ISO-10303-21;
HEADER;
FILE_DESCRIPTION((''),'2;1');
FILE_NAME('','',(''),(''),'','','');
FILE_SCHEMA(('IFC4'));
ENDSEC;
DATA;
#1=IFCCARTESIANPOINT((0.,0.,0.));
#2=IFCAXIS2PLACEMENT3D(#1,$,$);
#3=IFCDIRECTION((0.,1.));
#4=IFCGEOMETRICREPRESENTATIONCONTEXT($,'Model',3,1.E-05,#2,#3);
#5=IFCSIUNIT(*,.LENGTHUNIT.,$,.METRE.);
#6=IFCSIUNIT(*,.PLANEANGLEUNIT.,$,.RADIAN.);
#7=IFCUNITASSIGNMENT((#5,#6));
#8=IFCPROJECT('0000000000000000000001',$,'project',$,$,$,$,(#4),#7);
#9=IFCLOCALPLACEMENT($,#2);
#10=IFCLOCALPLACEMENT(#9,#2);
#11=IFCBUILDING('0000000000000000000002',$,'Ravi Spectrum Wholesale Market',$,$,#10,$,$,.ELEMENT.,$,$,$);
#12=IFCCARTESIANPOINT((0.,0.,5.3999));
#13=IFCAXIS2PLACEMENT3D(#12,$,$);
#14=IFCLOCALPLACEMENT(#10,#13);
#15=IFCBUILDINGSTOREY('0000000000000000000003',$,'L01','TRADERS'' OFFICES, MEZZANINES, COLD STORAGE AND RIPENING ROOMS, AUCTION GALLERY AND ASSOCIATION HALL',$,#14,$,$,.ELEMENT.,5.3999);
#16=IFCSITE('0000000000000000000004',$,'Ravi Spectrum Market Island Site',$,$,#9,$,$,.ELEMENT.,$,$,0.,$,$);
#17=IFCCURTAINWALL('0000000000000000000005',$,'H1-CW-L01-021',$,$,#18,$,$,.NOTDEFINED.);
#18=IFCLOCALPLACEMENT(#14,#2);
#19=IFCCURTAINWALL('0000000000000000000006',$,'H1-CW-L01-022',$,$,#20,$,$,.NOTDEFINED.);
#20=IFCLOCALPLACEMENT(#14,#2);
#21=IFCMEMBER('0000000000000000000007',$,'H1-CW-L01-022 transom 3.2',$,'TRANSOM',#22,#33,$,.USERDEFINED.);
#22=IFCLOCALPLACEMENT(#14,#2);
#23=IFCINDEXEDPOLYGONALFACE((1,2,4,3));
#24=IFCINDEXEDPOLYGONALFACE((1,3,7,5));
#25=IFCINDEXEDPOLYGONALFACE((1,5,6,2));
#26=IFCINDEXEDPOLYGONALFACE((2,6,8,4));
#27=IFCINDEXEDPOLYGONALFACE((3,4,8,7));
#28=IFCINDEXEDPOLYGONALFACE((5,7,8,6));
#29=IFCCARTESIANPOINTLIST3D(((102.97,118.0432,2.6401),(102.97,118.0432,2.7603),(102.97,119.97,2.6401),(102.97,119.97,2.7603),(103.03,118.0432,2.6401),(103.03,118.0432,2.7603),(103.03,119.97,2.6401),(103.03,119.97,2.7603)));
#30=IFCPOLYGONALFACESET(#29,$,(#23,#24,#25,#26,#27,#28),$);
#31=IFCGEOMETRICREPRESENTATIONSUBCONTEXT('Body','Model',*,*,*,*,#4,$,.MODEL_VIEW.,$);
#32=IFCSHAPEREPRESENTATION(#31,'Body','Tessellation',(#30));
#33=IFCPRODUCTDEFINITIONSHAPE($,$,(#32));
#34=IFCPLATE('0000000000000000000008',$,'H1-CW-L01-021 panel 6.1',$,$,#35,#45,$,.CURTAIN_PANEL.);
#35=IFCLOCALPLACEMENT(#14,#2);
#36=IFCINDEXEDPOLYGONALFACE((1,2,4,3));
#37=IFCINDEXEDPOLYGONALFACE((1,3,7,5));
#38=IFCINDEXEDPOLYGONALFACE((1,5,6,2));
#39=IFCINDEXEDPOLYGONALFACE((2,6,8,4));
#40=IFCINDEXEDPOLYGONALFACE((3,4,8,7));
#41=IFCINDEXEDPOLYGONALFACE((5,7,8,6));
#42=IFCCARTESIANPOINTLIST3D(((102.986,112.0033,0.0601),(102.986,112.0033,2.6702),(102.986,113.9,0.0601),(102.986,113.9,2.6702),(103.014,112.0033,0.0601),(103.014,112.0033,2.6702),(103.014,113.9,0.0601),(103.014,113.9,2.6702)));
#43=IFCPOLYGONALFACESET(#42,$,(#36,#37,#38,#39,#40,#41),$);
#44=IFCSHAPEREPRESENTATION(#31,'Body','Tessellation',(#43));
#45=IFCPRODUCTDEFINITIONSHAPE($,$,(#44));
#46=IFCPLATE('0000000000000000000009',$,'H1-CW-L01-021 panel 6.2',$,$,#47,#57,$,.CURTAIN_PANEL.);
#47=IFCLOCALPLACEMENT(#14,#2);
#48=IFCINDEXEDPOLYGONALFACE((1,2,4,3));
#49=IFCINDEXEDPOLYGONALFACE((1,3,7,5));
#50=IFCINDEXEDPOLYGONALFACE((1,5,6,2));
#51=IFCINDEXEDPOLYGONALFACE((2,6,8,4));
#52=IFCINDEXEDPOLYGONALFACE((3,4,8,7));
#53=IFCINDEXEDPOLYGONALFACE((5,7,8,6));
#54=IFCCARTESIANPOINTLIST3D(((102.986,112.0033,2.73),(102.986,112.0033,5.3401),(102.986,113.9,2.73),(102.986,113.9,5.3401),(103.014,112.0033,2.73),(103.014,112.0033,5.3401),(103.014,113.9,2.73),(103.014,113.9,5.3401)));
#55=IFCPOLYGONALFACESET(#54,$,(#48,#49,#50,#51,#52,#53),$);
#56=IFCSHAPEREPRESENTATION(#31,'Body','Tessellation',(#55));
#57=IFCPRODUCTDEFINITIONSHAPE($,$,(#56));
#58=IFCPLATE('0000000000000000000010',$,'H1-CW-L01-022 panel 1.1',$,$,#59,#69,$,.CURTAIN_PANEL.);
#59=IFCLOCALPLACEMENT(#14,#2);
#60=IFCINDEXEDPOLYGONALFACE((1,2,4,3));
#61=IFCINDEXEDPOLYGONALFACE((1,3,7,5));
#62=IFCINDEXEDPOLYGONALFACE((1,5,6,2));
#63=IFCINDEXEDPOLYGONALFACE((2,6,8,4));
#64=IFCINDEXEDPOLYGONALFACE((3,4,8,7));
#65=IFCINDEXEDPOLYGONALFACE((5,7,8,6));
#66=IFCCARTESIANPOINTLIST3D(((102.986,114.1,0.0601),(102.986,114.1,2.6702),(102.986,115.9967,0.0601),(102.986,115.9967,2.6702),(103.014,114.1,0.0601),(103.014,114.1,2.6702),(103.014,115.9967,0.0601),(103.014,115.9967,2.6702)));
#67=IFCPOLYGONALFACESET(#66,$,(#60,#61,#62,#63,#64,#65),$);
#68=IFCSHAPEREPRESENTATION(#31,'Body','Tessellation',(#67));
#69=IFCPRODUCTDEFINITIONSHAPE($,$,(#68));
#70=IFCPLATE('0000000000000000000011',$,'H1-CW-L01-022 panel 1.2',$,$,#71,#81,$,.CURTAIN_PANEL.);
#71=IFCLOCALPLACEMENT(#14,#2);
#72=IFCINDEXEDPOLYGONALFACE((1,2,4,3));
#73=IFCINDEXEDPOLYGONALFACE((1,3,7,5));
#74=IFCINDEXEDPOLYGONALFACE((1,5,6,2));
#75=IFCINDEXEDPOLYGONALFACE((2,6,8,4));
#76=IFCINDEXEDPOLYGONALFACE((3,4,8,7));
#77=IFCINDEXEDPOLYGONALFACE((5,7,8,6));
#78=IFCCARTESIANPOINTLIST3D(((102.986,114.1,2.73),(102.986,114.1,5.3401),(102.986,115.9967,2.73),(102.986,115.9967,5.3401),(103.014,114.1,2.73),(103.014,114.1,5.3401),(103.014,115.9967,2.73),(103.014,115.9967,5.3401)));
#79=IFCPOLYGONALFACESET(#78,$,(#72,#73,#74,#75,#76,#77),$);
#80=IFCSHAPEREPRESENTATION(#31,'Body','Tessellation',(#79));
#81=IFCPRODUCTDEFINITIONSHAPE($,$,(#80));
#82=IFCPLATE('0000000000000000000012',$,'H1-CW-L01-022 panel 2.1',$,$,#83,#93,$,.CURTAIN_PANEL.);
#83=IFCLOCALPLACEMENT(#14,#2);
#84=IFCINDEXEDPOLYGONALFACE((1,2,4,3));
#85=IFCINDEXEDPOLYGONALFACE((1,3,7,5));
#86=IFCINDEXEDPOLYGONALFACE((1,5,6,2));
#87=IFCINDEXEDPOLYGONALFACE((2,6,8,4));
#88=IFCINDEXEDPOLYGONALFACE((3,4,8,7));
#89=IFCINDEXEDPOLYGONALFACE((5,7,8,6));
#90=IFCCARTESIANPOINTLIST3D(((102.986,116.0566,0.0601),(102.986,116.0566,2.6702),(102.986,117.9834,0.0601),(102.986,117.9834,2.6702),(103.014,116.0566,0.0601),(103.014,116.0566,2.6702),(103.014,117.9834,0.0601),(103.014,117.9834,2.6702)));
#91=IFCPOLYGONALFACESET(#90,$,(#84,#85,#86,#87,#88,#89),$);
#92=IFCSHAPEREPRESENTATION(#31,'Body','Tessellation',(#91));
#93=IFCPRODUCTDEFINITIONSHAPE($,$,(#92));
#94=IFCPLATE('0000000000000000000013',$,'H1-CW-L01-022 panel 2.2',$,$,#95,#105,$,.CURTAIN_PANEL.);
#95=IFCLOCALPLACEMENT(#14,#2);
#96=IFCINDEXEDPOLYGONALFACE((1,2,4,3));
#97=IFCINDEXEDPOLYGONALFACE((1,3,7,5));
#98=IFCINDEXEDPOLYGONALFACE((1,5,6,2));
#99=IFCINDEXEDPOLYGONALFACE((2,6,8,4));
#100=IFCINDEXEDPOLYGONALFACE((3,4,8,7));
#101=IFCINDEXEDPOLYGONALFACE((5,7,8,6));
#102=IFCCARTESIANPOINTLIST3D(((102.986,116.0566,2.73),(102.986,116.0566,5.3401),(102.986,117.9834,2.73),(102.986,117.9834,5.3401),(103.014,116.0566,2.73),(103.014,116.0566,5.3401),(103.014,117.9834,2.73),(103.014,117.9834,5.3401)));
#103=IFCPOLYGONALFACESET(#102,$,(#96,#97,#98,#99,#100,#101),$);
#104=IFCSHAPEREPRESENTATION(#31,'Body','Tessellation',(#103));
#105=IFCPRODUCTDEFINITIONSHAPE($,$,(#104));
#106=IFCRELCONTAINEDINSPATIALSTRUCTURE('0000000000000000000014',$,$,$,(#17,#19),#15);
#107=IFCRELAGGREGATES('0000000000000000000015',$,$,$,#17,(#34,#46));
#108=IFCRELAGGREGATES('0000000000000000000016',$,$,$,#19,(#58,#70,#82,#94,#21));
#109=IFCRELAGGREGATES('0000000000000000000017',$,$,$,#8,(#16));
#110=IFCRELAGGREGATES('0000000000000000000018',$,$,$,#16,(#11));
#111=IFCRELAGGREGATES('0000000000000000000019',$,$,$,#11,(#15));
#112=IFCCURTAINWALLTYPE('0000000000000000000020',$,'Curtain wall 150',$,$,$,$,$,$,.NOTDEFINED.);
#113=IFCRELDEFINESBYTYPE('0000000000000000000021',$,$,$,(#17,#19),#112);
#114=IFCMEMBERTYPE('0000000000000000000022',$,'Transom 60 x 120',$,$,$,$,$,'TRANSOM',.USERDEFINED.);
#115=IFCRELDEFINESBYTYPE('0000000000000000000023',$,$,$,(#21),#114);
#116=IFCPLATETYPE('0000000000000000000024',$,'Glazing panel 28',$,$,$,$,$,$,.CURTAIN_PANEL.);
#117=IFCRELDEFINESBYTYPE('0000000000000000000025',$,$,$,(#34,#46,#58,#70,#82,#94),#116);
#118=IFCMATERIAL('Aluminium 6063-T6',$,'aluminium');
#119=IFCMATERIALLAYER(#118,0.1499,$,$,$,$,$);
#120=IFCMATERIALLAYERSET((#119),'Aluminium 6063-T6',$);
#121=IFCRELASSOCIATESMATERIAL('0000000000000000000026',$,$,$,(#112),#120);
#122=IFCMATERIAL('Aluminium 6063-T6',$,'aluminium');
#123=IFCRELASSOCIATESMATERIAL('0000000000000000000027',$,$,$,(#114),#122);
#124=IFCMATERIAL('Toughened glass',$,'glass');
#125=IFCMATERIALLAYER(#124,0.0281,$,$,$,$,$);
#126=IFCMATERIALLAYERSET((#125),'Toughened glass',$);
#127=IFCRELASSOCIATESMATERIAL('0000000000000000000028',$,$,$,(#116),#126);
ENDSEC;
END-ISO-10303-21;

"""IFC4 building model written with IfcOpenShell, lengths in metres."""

from ifc_helpers import new_model, si_unit, direction, frame, origin, origin_2d, place, context, subcontext, project, spatial, rectangle, extrude, material, layer, layer_set, material_profile, profile_set, type_object, element, aggregate, save


model = new_model("IFC4")

# Units and contexts
model_context = context("Model", 3, precision=1e-05, world=origin(), true_north=direction((0.0, 1.0)))
body_context = subcontext(model_context, "Body", "Model", "MODEL_VIEW")
ifc_project = project(units=[si_unit("LENGTHUNIT", "METRE"), si_unit("PLANEANGLEUNIT", "RADIAN")], contexts=[model_context])

# Site, building, storey
site_placement = place(None, origin())
site = spatial("IfcSite", under=ifc_project, at=site_placement, Name="Ravi Spectrum Market Island Site", CompositionType="ELEMENT", RefElevation=0.0)
building_placement = place(site_placement, origin())
building = spatial("IfcBuilding", under=site, at=building_placement, Name="Ravi Spectrum Wholesale Market", CompositionType="ELEMENT")
storey_placement = place(building_placement, frame((0.0, 0.0, 5.3999)))
storey = spatial("IfcBuildingStorey", under=building, at=storey_placement, Name="L01", Description="TRADERS' OFFICES, MEZZANINES, COLD STORAGE AND RIPENING ROOMS, AUCTION GALLERY AND ASSOCIATION HALL", CompositionType="ELEMENT", Elevation=5.3999)

# Curtain walls
ifc_material_1 = material(Name="Aluminium 6063-T6", Category="aluminium")
ifc_layer_1 = layer(ifc_material_1, 0.1499)
ifc_layer_set_1 = layer_set([ifc_layer_1], Name="Aluminium 6063-T6")
curtain_wall_type = type_object("IfcCurtainWallType", Name="Curtain wall 150", PredefinedType="NOTDEFINED", material=ifc_layer_set_1)
curtain_wall_1_placement = place(storey_placement, origin())
curtain_wall_1 = element("IfcCurtainWall", 1, at=curtain_wall_1_placement, inside=storey, type_object=curtain_wall_type, Name="H1-CW-L01-021", PredefinedType="NOTDEFINED")
curtain_wall_2_placement = place(storey_placement, origin())
curtain_wall_2 = element("IfcCurtainWall", 2, at=curtain_wall_2_placement, inside=storey, type_object=curtain_wall_type, Name="H1-CW-L01-022", PredefinedType="NOTDEFINED")

# Member
ifc_material_2 = material(Name="Aluminium 6063-T6", Category="aluminium")
ifc_material_profile_1 = material_profile(ifc_material_2, rectangle(XDim=0.0601, YDim=0.1201, at=origin_2d()))
ifc_profile_set_1 = profile_set([ifc_material_profile_1], Name="Aluminium 6063-T6")
member_type_1 = type_object("IfcMemberType", Name="Transom 60 x 120", ElementType="TRANSOM", PredefinedType="USERDEFINED", material=ifc_profile_set_1)
member_1_placement = place(storey_placement, frame((103.0, 118.0432, 2.7002), z_axis=(0.0, 1.0, 0.0), x_axis=(-1.0, 0.0, 0.0)))
member_1 = element("IfcMember", 3, at=member_1_placement, type_object=member_type_1, Name="H1-CW-L01-022 transom 3.2", ObjectType="TRANSOM", PredefinedType="USERDEFINED", context=body_context, shape_type="SweptSolid", body=[
    extrude(rectangle(XDim=0.0601, YDim=0.1201, at=origin_2d()), origin(), (0.0, 0.0, 1.0), 1.9268),
])

# Plates
ifc_material_3 = material(Name="Toughened glass", Category="glass")
ifc_layer_2 = layer(ifc_material_3, 0.0281)
ifc_layer_set_2 = layer_set([ifc_layer_2], Name="Toughened glass")
plate_type = type_object("IfcPlateType", Name="Glazing panel 28", PredefinedType="CURTAIN_PANEL", material=ifc_layer_set_2)
plate_1_placement = place(storey_placement, frame((103.0, 112.9517, 0.0601), z_axis=(0.0, 0.0, 1.0), x_axis=(0.0, 1.0, 0.0)))
plate_1 = element("IfcPlate", 4, at=plate_1_placement, type_object=plate_type, Name="H1-CW-L01-021 panel 6.1", PredefinedType="CURTAIN_PANEL", context=body_context, shape_type="SweptSolid", body=[
    extrude(rectangle(XDim=1.8967, YDim=0.0281, at=origin_2d()), origin(), (0.0, 0.0, 1.0), 2.6101),
])
plate_2_placement = place(storey_placement, frame((103.0, 112.9517, 2.73), z_axis=(0.0, 0.0, 1.0), x_axis=(0.0, 1.0, 0.0)))
plate_2 = element("IfcPlate", 5, at=plate_2_placement, type_object=plate_type, Name="H1-CW-L01-021 panel 6.2", PredefinedType="CURTAIN_PANEL", context=body_context, shape_type="SweptSolid", body=[
    extrude(rectangle(XDim=1.8967, YDim=0.0281, at=origin_2d()), origin(), (0.0, 0.0, 1.0), 2.6101),
])
aggregate(curtain_wall_1, [plate_1, plate_2])
plate_3_placement = place(storey_placement, frame((103.0, 115.0483, 0.0601), z_axis=(0.0, 0.0, 1.0), x_axis=(0.0, 1.0, 0.0)))
plate_3 = element("IfcPlate", 6, at=plate_3_placement, type_object=plate_type, Name="H1-CW-L01-022 panel 1.1", PredefinedType="CURTAIN_PANEL", context=body_context, shape_type="SweptSolid", body=[
    extrude(rectangle(XDim=1.8967, YDim=0.0281, at=origin_2d()), origin(), (0.0, 0.0, 1.0), 2.6101),
])
plate_4_placement = place(storey_placement, frame((103.0, 115.0483, 2.73), z_axis=(0.0, 0.0, 1.0), x_axis=(0.0, 1.0, 0.0)))
plate_4 = element("IfcPlate", 7, at=plate_4_placement, type_object=plate_type, Name="H1-CW-L01-022 panel 1.2", PredefinedType="CURTAIN_PANEL", context=body_context, shape_type="SweptSolid", body=[
    extrude(rectangle(XDim=1.8967, YDim=0.0281, at=origin_2d()), origin(), (0.0, 0.0, 1.0), 2.6101),
])
plate_5_placement = place(storey_placement, frame((103.0, 117.02, 0.0601), z_axis=(0.0, 0.0, 1.0), x_axis=(0.0, 1.0, 0.0)))
plate_5 = element("IfcPlate", 8, at=plate_5_placement, type_object=plate_type, Name="H1-CW-L01-022 panel 2.1", PredefinedType="CURTAIN_PANEL", context=body_context, shape_type="SweptSolid", body=[
    extrude(rectangle(XDim=1.9268, YDim=0.0281, at=origin_2d()), origin(), (0.0, 0.0, 1.0), 2.6101),
])
plate_6_placement = place(storey_placement, frame((103.0, 117.02, 2.73), z_axis=(0.0, 0.0, 1.0), x_axis=(0.0, 1.0, 0.0)))
plate_6 = element("IfcPlate", 9, at=plate_6_placement, type_object=plate_type, Name="H1-CW-L01-022 panel 2.2", PredefinedType="CURTAIN_PANEL", context=body_context, shape_type="SweptSolid", body=[
    extrude(rectangle(XDim=1.9268, YDim=0.0281, at=origin_2d()), origin(), (0.0, 0.0, 1.0), 2.6101),
])
aggregate(curtain_wall_2, [plate_3, plate_4, plate_5, plate_6, member_1])

save(model, "model.ifc")
